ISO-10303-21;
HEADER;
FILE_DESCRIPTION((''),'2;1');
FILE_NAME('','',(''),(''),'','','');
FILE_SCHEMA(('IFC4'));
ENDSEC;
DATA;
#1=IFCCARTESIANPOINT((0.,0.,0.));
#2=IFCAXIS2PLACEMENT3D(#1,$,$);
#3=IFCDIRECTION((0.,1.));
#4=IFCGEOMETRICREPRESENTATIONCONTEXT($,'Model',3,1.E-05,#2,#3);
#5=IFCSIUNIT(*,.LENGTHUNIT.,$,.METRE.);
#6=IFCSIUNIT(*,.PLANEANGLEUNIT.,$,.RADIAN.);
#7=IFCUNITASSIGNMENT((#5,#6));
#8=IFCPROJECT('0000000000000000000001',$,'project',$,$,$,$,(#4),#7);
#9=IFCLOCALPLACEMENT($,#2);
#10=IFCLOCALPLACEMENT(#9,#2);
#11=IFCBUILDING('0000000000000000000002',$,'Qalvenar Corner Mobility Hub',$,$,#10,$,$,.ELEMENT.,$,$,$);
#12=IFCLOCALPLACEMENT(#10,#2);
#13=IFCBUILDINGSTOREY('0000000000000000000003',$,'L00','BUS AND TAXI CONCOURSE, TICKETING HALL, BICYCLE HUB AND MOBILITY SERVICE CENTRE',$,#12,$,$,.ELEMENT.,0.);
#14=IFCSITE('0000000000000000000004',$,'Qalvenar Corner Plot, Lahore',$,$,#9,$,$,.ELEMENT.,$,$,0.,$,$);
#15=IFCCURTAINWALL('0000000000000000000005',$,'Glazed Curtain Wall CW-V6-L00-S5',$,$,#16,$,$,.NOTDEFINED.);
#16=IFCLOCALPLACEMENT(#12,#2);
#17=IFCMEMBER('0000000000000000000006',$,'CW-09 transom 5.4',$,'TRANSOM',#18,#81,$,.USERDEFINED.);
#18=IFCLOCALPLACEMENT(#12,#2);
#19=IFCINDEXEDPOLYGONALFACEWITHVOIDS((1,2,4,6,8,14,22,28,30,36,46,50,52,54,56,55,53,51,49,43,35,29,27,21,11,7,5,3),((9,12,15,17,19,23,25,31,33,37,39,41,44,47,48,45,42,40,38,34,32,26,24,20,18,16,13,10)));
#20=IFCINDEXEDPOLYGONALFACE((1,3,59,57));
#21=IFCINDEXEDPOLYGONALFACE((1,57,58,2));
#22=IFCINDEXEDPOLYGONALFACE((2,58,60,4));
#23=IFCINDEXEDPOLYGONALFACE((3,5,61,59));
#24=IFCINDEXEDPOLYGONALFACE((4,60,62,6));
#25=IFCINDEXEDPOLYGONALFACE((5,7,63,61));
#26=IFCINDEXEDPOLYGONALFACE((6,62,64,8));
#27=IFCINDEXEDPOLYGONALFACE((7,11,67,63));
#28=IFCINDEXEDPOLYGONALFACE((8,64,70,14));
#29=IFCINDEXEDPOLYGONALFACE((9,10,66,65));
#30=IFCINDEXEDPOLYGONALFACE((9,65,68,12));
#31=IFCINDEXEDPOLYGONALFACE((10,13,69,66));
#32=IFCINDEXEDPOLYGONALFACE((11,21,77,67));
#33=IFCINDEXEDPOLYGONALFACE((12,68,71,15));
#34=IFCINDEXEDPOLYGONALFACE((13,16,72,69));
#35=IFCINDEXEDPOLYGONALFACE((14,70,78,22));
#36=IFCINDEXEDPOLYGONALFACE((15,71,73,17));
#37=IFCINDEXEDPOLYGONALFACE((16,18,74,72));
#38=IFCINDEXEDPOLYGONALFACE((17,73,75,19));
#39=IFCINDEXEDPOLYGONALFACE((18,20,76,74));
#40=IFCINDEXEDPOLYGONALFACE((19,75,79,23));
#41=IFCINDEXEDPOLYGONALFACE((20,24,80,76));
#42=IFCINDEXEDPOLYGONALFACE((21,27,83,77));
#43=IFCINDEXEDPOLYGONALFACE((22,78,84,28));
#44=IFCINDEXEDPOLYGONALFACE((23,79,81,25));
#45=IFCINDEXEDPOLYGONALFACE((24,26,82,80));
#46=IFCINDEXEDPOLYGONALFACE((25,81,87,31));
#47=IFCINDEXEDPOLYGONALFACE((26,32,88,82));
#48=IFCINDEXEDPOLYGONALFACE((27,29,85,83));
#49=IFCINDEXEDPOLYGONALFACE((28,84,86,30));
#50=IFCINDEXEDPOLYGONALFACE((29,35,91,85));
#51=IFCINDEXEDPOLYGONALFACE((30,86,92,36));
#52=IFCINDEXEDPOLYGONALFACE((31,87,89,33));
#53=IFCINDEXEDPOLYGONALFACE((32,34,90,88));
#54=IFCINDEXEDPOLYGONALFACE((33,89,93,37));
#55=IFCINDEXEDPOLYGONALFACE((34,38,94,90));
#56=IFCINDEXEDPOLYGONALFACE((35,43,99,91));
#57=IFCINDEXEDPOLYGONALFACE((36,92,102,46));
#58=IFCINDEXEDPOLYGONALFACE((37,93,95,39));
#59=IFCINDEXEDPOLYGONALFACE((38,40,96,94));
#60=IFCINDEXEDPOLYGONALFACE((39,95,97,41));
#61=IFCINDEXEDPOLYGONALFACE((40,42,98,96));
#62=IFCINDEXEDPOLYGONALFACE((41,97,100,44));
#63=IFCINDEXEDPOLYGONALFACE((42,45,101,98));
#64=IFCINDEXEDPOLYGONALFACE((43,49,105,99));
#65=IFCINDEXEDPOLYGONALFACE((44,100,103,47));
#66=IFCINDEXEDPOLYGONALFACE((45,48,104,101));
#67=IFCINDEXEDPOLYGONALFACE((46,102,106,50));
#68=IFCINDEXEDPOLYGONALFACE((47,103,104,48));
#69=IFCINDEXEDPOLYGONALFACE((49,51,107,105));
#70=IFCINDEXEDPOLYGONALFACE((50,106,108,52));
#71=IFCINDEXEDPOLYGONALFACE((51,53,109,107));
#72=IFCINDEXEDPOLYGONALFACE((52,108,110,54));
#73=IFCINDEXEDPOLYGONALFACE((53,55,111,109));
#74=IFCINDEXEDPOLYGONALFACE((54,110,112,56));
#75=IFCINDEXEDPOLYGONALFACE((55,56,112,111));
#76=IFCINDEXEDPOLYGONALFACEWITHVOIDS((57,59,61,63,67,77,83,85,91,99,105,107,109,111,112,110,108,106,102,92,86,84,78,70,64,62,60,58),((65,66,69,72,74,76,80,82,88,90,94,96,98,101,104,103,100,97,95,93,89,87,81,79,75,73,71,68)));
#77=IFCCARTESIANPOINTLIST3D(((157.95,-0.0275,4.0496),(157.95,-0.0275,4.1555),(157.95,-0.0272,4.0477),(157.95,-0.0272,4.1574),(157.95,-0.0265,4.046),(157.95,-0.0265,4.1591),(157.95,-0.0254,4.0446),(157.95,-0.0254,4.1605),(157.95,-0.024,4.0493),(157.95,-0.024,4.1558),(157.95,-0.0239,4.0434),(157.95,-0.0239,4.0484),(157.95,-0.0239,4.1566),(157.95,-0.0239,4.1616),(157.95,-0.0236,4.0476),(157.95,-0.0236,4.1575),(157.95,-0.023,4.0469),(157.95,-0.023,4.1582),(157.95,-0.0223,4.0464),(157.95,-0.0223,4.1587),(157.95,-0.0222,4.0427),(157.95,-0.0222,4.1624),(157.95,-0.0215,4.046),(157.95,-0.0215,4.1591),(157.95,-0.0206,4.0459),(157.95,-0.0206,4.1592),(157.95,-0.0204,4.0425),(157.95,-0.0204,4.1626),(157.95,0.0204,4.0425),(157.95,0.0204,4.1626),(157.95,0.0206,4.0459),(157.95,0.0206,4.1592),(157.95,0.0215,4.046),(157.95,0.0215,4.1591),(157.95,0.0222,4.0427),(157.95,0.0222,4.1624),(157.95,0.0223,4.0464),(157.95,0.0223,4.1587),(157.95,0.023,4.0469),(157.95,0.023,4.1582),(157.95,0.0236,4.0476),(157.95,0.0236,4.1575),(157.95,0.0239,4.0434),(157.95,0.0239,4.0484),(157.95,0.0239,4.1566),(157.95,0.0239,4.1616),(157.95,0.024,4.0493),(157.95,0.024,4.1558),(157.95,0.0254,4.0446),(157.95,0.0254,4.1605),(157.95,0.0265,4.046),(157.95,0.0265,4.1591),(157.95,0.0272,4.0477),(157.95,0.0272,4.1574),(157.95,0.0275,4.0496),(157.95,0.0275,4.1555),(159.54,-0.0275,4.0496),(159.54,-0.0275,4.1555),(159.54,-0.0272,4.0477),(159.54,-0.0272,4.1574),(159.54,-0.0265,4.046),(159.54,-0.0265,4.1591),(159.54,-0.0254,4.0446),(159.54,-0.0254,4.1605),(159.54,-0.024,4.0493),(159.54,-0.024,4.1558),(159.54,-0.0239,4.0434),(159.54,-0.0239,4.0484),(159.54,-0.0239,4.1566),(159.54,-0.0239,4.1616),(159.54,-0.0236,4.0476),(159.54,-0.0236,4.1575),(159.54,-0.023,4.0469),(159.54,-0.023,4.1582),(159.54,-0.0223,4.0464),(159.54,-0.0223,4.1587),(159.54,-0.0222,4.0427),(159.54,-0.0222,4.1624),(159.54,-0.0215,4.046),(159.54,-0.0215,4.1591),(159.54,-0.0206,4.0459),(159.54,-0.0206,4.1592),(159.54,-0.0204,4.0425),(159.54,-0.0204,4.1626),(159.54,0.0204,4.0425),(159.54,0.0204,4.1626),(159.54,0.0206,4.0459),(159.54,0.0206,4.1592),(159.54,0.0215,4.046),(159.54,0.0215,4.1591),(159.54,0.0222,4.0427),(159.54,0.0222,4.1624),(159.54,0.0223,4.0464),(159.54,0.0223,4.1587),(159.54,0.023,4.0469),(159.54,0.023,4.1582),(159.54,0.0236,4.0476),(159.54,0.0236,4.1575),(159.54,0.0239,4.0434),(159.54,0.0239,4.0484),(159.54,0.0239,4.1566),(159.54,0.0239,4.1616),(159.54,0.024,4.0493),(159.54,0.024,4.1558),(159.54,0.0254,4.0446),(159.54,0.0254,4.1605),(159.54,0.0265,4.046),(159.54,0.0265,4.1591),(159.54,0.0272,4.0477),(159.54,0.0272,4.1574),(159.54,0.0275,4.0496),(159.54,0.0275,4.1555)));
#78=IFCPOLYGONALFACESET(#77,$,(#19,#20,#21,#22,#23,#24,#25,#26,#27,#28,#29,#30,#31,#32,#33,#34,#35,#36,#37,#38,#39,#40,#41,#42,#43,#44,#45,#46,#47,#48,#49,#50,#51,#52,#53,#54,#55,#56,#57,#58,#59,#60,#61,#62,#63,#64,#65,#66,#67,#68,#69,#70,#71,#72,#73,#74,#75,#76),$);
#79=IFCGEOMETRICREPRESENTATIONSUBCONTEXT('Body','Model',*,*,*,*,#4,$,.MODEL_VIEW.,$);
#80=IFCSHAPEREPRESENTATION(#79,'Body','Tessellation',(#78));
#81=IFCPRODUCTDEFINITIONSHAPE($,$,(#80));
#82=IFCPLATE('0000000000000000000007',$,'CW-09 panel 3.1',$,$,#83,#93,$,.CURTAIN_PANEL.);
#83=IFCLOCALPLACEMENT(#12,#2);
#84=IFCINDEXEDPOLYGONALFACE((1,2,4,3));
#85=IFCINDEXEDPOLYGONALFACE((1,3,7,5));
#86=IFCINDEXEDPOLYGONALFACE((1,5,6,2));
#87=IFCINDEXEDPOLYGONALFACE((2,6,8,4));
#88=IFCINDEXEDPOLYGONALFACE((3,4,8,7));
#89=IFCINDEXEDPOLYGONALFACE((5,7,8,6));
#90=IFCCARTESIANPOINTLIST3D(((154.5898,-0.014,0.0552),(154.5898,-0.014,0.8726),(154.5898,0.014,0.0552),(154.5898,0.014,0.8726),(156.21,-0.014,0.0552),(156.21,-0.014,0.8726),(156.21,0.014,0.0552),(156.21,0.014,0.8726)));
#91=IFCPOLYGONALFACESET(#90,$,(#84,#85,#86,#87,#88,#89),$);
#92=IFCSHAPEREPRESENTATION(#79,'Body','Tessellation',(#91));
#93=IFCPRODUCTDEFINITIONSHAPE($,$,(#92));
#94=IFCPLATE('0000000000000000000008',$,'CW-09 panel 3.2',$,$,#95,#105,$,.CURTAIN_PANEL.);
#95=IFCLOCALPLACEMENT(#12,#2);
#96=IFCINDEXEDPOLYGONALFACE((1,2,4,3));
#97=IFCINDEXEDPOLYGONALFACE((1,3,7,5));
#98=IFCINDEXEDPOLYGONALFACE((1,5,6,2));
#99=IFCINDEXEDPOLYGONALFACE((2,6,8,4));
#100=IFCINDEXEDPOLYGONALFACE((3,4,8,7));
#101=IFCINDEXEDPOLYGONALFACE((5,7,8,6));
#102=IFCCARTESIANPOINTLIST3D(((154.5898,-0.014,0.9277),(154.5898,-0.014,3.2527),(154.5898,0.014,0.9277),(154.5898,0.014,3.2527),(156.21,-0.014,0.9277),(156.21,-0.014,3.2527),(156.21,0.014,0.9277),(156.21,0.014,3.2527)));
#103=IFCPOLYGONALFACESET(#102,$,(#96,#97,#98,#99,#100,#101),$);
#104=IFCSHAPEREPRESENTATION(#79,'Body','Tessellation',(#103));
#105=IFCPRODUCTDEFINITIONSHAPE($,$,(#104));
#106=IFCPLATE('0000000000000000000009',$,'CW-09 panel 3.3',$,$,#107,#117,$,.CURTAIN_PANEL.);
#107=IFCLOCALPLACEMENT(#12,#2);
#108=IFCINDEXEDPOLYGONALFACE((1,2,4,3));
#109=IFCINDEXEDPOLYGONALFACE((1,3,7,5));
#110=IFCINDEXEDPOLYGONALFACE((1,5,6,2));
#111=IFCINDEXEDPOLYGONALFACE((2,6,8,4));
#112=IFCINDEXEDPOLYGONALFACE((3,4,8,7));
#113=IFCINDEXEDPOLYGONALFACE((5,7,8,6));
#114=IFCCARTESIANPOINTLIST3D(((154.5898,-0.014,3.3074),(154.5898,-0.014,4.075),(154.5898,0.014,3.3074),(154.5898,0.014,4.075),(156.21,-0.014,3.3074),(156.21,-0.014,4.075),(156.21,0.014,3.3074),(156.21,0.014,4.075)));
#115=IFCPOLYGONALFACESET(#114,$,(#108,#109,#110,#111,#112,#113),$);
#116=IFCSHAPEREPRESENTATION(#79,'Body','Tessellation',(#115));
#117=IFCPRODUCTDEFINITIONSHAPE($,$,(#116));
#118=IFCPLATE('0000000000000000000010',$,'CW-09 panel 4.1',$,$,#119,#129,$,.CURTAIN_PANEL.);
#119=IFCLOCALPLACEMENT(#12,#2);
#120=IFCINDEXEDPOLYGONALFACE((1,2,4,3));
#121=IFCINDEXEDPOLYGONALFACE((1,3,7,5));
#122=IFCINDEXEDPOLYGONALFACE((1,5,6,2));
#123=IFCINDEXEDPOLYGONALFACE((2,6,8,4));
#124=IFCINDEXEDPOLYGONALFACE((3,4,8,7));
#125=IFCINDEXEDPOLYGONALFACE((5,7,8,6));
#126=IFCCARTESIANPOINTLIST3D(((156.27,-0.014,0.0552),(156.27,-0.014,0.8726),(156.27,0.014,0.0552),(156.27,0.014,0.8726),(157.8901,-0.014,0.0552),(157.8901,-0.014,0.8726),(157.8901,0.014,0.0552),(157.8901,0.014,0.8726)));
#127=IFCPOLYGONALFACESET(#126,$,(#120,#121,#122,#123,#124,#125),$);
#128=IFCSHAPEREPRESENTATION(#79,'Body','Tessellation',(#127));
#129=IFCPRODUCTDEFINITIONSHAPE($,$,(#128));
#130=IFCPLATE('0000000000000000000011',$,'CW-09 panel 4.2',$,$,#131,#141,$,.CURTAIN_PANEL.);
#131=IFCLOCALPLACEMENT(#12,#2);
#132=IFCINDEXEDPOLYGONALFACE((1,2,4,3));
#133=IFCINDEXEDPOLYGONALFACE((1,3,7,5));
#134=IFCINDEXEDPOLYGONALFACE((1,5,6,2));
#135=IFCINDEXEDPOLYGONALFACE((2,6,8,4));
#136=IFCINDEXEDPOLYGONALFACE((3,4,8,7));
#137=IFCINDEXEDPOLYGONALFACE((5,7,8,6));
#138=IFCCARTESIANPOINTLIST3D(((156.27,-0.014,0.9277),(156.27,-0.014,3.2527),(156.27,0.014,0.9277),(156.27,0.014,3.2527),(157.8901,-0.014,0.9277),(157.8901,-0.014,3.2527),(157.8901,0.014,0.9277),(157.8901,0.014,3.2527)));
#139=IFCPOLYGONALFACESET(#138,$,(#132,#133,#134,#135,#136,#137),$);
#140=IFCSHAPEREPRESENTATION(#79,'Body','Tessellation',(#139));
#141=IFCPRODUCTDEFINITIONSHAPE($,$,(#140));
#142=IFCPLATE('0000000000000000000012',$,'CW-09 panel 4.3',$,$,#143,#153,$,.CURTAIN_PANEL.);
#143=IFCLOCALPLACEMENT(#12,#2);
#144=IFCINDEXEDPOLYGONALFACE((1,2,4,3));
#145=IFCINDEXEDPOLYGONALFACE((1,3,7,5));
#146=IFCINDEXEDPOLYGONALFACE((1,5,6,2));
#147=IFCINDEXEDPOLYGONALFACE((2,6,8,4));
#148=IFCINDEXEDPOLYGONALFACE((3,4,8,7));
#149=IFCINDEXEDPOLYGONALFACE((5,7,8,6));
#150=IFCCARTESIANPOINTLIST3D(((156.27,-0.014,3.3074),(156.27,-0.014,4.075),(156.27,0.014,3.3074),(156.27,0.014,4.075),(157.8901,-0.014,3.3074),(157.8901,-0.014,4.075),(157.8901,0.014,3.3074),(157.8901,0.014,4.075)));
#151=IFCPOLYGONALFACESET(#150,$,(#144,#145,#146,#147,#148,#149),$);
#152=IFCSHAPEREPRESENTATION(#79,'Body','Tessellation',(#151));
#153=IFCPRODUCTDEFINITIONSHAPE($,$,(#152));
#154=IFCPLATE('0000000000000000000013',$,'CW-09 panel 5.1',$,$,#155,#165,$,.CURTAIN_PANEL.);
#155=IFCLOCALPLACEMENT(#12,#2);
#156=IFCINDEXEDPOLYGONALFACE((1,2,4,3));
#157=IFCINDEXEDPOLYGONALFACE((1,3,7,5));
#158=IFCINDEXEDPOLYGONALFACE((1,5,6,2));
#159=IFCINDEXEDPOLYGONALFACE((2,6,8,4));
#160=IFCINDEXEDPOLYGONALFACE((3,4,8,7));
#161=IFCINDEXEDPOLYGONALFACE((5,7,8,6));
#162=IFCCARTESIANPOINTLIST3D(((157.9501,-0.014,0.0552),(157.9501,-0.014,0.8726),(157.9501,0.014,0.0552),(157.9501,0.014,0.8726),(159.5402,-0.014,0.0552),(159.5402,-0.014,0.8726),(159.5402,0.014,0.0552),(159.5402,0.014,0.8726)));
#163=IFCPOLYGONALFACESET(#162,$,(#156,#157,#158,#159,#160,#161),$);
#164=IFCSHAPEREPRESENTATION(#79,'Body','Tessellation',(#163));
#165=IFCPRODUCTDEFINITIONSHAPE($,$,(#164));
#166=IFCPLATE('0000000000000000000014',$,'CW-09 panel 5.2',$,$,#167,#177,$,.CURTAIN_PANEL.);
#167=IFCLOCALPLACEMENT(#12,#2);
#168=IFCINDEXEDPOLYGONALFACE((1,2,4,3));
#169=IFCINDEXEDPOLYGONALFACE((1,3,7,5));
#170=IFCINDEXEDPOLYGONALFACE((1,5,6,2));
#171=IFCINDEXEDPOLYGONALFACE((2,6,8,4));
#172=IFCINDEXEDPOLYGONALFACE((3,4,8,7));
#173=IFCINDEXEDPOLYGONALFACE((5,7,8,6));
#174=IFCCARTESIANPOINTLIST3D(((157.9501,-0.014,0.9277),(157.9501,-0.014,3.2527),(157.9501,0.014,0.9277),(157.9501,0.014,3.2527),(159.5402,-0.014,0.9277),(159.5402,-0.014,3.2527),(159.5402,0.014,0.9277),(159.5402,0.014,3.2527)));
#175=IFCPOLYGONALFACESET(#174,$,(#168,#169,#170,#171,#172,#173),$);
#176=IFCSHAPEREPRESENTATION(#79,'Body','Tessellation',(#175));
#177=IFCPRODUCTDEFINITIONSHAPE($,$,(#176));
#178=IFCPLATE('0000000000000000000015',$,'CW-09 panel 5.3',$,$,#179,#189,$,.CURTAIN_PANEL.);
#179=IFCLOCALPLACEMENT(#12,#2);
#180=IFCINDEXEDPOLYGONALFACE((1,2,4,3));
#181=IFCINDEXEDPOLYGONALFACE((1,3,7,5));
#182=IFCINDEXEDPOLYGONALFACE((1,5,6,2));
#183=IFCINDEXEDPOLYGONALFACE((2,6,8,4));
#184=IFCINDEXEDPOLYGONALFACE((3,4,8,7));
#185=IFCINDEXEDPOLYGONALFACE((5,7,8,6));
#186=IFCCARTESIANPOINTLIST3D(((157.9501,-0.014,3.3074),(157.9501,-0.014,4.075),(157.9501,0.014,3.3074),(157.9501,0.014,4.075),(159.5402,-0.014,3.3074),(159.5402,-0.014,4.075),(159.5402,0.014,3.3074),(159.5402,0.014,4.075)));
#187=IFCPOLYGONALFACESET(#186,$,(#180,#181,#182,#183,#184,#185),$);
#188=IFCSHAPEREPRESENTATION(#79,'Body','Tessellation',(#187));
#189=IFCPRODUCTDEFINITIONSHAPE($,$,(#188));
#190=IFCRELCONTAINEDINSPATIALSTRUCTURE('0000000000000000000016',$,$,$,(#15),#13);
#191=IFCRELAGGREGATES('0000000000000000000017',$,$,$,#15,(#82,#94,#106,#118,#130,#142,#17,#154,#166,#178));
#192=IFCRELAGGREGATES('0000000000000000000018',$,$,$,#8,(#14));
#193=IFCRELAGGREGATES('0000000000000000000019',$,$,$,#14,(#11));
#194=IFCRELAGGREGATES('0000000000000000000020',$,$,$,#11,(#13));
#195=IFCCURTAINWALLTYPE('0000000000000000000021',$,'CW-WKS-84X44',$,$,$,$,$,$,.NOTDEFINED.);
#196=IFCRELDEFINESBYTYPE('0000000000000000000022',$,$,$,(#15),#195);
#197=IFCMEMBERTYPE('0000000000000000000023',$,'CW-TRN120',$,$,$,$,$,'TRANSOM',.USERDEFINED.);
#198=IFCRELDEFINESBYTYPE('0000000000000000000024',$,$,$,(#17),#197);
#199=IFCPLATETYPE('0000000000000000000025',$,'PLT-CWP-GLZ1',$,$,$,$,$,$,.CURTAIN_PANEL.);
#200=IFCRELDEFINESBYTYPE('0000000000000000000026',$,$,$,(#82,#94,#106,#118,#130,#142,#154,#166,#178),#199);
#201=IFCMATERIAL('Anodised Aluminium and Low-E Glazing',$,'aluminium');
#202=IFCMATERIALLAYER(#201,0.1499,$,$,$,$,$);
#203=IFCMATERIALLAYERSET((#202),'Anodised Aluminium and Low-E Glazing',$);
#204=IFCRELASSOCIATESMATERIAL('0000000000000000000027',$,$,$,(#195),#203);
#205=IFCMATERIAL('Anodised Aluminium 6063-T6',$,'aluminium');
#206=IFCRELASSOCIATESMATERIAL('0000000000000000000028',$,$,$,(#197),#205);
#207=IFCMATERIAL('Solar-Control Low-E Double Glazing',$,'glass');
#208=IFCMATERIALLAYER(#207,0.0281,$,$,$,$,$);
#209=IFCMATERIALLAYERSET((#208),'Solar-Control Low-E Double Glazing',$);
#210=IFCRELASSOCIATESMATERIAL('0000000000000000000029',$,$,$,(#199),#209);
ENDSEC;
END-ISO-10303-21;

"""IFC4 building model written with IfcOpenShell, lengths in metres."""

from ifc_helpers import new_model, si_unit, direction, frame, origin, origin_2d, place, context, subcontext, project, spatial, rectangle, hollow_rectangle, extrude, material, layer, layer_set, material_profile, profile_set, type_object, element, aggregate, save


model = new_model("IFC4")

# Units and contexts
model_context = context("Model", 3, precision=1e-05, world=origin(), true_north=direction((0.0, 1.0)))
body_context = subcontext(model_context, "Body", "Model", "MODEL_VIEW")
ifc_project = project(units=[si_unit("LENGTHUNIT", "METRE"), si_unit("PLANEANGLEUNIT", "RADIAN")], contexts=[model_context])

# Site, building, storey
site_placement = place(None, origin())
site = spatial("IfcSite", under=ifc_project, at=site_placement, Name="Qalvenar Corner Plot, Lahore", CompositionType="ELEMENT", RefElevation=0.0)
building_placement = place(site_placement, origin())
building = spatial("IfcBuilding", under=site, at=building_placement, Name="Qalvenar Corner Mobility Hub", CompositionType="ELEMENT")
storey_placement = place(building_placement, origin())
storey = spatial("IfcBuildingStorey", under=building, at=storey_placement, Name="L00", Description="BUS AND TAXI CONCOURSE, TICKETING HALL, BICYCLE HUB AND MOBILITY SERVICE CENTRE", CompositionType="ELEMENT", Elevation=0.0)

# Curtain wall, member, plates
ifc_material_1 = material(Name="Anodised Aluminium and Low-E Glazing", Category="aluminium")
ifc_layer_1 = layer(ifc_material_1, 0.1499)
ifc_layer_set_1 = layer_set([ifc_layer_1], Name="Anodised Aluminium and Low-E Glazing")
curtain_wall_type = type_object("IfcCurtainWallType", Name="CW-WKS-84X44", PredefinedType="NOTDEFINED", material=ifc_layer_set_1)
curtain_wall_placement = place(storey_placement, origin())
curtain_wall = element("IfcCurtainWall", 1, at=curtain_wall_placement, inside=storey, type_object=curtain_wall_type, Name="Glazed Curtain Wall CW-V6-L00-S5", PredefinedType="NOTDEFINED")
ifc_material_2 = material(Name="Anodised Aluminium 6063-T6", Category="aluminium")
ifc_material_profile_1 = material_profile(ifc_material_2, hollow_rectangle(XDim=0.0549, YDim=0.1201, WallThickness=0.0034, InnerFilletRadius=0.0034, OuterFilletRadius=0.0071, at=origin_2d()), Name="RHS120x55x3.5")
ifc_profile_set_1 = profile_set([ifc_material_profile_1], Name="Anodised Aluminium 6063-T6")
member_type_1 = type_object("IfcMemberType", Name="CW-TRN120", ElementType="TRANSOM", PredefinedType="USERDEFINED", material=ifc_profile_set_1)
member_1_placement = place(storey_placement, frame((157.95, 0.0, 4.1025), z_axis=(1.0, 0.0, 0.0), x_axis=(0.0, 1.0, 0.0)))
member_1 = element("IfcMember", 2, at=member_1_placement, type_object=member_type_1, Name="CW-09 transom 5.4", ObjectType="TRANSOM", PredefinedType="USERDEFINED", context=body_context, shape_type="SweptSolid", body=[
    extrude(hollow_rectangle(XDim=0.0549, YDim=0.1201, WallThickness=0.0034, InnerFilletRadius=0.0034, OuterFilletRadius=0.0071, at=origin_2d()), origin(), (0.0, 0.0, 1.0), 1.5901),
])
ifc_material_3 = material(Name="Solar-Control Low-E Double Glazing", Category="glass")
ifc_layer_2 = layer(ifc_material_3, 0.0281)
ifc_layer_set_2 = layer_set([ifc_layer_2], Name="Solar-Control Low-E Double Glazing")
plate_type_1 = type_object("IfcPlateType", Name="PLT-CWP-GLZ1", PredefinedType="CURTAIN_PANEL", material=ifc_layer_set_2)
plate_1_placement = place(storey_placement, frame((155.3999, 0.0, 0.0552), z_axis=(0.0, 0.0, 1.0), x_axis=(1.0, 0.0, 0.0)))
plate_1 = element("IfcPlate", 3, at=plate_1_placement, type_object=plate_type_1, Name="CW-09 panel 3.1", PredefinedType="CURTAIN_PANEL", context=body_context, shape_type="SweptSolid", body=[
    extrude(rectangle(XDim=1.6201, YDim=0.0281, at=origin_2d()), origin(), (0.0, 0.0, 1.0), 0.8174),
])
plate_2_placement = place(storey_placement, frame((155.3999, 0.0, 0.9277), z_axis=(0.0, 0.0, 1.0), x_axis=(1.0, 0.0, 0.0)))
plate_2 = element("IfcPlate", 4, at=plate_2_placement, type_object=plate_type_1, Name="CW-09 panel 3.2", PredefinedType="CURTAIN_PANEL", context=body_context, shape_type="SweptSolid", body=[
    extrude(rectangle(XDim=1.6201, YDim=0.0281, at=origin_2d()), origin(), (0.0, 0.0, 1.0), 2.325),
])
plate_3_placement = place(storey_placement, frame((155.3999, 0.0, 3.3074), z_axis=(0.0, 0.0, 1.0), x_axis=(1.0, 0.0, 0.0)))
plate_3 = element("IfcPlate", 5, at=plate_3_placement, type_object=plate_type_1, Name="CW-09 panel 3.3", PredefinedType="CURTAIN_PANEL", context=body_context, shape_type="SweptSolid", body=[
    extrude(rectangle(XDim=1.6201, YDim=0.0281, at=origin_2d()), origin(), (0.0, 0.0, 1.0), 0.7676),
])
plate_4_placement = place(storey_placement, frame((157.0801, 0.0, 0.0552), z_axis=(0.0, 0.0, 1.0), x_axis=(1.0, 0.0, 0.0)))
plate_4 = element("IfcPlate", 6, at=plate_4_placement, type_object=plate_type_1, Name="CW-09 panel 4.1", PredefinedType="CURTAIN_PANEL", context=body_context, shape_type="SweptSolid", body=[
    extrude(rectangle(XDim=1.6201, YDim=0.0281, at=origin_2d()), origin(), (0.0, 0.0, 1.0), 0.8174),
])
plate_5_placement = place(storey_placement, frame((157.0801, 0.0, 0.9277), z_axis=(0.0, 0.0, 1.0), x_axis=(1.0, 0.0, 0.0)))
plate_5 = element("IfcPlate", 7, at=plate_5_placement, type_object=plate_type_1, Name="CW-09 panel 4.2", PredefinedType="CURTAIN_PANEL", context=body_context, shape_type="SweptSolid", body=[
    extrude(rectangle(XDim=1.6201, YDim=0.0281, at=origin_2d()), origin(), (0.0, 0.0, 1.0), 2.325),
])
plate_6_placement = place(storey_placement, frame((157.0801, 0.0, 3.3074), z_axis=(0.0, 0.0, 1.0), x_axis=(1.0, 0.0, 0.0)))
plate_6 = element("IfcPlate", 8, at=plate_6_placement, type_object=plate_type_1, Name="CW-09 panel 4.3", PredefinedType="CURTAIN_PANEL", context=body_context, shape_type="SweptSolid", body=[
    extrude(rectangle(XDim=1.6201, YDim=0.0281, at=origin_2d()), origin(), (0.0, 0.0, 1.0), 0.7676),
])
plate_7_placement = place(storey_placement, frame((158.7451, 0.0, 0.0552), z_axis=(0.0, 0.0, 1.0), x_axis=(1.0, 0.0, 0.0)))
plate_7 = element("IfcPlate", 9, at=plate_7_placement, type_object=plate_type_1, Name="CW-09 panel 5.1", PredefinedType="CURTAIN_PANEL", context=body_context, shape_type="SweptSolid", body=[
    extrude(rectangle(XDim=1.5901, YDim=0.0281, at=origin_2d()), origin(), (0.0, 0.0, 1.0), 0.8174),
])
plate_8_placement = place(storey_placement, frame((158.7451, 0.0, 0.9277), z_axis=(0.0, 0.0, 1.0), x_axis=(1.0, 0.0, 0.0)))
plate_8 = element("IfcPlate", 10, at=plate_8_placement, type_object=plate_type_1, Name="CW-09 panel 5.2", PredefinedType="CURTAIN_PANEL", context=body_context, shape_type="SweptSolid", body=[
    extrude(rectangle(XDim=1.5901, YDim=0.0281, at=origin_2d()), origin(), (0.0, 0.0, 1.0), 2.325),
])
plate_9_placement = place(storey_placement, frame((158.7451, 0.0, 3.3074), z_axis=(0.0, 0.0, 1.0), x_axis=(1.0, 0.0, 0.0)))
plate_9 = element("IfcPlate", 11, at=plate_9_placement, type_object=plate_type_1, Name="CW-09 panel 5.3", PredefinedType="CURTAIN_PANEL", context=body_context, shape_type="SweptSolid", body=[
    extrude(rectangle(XDim=1.5901, YDim=0.0281, at=origin_2d()), origin(), (0.0, 0.0, 1.0), 0.7676),
])
aggregate(curtain_wall, [plate_1, plate_2, plate_3, plate_4, plate_5, plate_6, member_1, plate_7, plate_8, plate_9])

save(model, "model.ifc")
